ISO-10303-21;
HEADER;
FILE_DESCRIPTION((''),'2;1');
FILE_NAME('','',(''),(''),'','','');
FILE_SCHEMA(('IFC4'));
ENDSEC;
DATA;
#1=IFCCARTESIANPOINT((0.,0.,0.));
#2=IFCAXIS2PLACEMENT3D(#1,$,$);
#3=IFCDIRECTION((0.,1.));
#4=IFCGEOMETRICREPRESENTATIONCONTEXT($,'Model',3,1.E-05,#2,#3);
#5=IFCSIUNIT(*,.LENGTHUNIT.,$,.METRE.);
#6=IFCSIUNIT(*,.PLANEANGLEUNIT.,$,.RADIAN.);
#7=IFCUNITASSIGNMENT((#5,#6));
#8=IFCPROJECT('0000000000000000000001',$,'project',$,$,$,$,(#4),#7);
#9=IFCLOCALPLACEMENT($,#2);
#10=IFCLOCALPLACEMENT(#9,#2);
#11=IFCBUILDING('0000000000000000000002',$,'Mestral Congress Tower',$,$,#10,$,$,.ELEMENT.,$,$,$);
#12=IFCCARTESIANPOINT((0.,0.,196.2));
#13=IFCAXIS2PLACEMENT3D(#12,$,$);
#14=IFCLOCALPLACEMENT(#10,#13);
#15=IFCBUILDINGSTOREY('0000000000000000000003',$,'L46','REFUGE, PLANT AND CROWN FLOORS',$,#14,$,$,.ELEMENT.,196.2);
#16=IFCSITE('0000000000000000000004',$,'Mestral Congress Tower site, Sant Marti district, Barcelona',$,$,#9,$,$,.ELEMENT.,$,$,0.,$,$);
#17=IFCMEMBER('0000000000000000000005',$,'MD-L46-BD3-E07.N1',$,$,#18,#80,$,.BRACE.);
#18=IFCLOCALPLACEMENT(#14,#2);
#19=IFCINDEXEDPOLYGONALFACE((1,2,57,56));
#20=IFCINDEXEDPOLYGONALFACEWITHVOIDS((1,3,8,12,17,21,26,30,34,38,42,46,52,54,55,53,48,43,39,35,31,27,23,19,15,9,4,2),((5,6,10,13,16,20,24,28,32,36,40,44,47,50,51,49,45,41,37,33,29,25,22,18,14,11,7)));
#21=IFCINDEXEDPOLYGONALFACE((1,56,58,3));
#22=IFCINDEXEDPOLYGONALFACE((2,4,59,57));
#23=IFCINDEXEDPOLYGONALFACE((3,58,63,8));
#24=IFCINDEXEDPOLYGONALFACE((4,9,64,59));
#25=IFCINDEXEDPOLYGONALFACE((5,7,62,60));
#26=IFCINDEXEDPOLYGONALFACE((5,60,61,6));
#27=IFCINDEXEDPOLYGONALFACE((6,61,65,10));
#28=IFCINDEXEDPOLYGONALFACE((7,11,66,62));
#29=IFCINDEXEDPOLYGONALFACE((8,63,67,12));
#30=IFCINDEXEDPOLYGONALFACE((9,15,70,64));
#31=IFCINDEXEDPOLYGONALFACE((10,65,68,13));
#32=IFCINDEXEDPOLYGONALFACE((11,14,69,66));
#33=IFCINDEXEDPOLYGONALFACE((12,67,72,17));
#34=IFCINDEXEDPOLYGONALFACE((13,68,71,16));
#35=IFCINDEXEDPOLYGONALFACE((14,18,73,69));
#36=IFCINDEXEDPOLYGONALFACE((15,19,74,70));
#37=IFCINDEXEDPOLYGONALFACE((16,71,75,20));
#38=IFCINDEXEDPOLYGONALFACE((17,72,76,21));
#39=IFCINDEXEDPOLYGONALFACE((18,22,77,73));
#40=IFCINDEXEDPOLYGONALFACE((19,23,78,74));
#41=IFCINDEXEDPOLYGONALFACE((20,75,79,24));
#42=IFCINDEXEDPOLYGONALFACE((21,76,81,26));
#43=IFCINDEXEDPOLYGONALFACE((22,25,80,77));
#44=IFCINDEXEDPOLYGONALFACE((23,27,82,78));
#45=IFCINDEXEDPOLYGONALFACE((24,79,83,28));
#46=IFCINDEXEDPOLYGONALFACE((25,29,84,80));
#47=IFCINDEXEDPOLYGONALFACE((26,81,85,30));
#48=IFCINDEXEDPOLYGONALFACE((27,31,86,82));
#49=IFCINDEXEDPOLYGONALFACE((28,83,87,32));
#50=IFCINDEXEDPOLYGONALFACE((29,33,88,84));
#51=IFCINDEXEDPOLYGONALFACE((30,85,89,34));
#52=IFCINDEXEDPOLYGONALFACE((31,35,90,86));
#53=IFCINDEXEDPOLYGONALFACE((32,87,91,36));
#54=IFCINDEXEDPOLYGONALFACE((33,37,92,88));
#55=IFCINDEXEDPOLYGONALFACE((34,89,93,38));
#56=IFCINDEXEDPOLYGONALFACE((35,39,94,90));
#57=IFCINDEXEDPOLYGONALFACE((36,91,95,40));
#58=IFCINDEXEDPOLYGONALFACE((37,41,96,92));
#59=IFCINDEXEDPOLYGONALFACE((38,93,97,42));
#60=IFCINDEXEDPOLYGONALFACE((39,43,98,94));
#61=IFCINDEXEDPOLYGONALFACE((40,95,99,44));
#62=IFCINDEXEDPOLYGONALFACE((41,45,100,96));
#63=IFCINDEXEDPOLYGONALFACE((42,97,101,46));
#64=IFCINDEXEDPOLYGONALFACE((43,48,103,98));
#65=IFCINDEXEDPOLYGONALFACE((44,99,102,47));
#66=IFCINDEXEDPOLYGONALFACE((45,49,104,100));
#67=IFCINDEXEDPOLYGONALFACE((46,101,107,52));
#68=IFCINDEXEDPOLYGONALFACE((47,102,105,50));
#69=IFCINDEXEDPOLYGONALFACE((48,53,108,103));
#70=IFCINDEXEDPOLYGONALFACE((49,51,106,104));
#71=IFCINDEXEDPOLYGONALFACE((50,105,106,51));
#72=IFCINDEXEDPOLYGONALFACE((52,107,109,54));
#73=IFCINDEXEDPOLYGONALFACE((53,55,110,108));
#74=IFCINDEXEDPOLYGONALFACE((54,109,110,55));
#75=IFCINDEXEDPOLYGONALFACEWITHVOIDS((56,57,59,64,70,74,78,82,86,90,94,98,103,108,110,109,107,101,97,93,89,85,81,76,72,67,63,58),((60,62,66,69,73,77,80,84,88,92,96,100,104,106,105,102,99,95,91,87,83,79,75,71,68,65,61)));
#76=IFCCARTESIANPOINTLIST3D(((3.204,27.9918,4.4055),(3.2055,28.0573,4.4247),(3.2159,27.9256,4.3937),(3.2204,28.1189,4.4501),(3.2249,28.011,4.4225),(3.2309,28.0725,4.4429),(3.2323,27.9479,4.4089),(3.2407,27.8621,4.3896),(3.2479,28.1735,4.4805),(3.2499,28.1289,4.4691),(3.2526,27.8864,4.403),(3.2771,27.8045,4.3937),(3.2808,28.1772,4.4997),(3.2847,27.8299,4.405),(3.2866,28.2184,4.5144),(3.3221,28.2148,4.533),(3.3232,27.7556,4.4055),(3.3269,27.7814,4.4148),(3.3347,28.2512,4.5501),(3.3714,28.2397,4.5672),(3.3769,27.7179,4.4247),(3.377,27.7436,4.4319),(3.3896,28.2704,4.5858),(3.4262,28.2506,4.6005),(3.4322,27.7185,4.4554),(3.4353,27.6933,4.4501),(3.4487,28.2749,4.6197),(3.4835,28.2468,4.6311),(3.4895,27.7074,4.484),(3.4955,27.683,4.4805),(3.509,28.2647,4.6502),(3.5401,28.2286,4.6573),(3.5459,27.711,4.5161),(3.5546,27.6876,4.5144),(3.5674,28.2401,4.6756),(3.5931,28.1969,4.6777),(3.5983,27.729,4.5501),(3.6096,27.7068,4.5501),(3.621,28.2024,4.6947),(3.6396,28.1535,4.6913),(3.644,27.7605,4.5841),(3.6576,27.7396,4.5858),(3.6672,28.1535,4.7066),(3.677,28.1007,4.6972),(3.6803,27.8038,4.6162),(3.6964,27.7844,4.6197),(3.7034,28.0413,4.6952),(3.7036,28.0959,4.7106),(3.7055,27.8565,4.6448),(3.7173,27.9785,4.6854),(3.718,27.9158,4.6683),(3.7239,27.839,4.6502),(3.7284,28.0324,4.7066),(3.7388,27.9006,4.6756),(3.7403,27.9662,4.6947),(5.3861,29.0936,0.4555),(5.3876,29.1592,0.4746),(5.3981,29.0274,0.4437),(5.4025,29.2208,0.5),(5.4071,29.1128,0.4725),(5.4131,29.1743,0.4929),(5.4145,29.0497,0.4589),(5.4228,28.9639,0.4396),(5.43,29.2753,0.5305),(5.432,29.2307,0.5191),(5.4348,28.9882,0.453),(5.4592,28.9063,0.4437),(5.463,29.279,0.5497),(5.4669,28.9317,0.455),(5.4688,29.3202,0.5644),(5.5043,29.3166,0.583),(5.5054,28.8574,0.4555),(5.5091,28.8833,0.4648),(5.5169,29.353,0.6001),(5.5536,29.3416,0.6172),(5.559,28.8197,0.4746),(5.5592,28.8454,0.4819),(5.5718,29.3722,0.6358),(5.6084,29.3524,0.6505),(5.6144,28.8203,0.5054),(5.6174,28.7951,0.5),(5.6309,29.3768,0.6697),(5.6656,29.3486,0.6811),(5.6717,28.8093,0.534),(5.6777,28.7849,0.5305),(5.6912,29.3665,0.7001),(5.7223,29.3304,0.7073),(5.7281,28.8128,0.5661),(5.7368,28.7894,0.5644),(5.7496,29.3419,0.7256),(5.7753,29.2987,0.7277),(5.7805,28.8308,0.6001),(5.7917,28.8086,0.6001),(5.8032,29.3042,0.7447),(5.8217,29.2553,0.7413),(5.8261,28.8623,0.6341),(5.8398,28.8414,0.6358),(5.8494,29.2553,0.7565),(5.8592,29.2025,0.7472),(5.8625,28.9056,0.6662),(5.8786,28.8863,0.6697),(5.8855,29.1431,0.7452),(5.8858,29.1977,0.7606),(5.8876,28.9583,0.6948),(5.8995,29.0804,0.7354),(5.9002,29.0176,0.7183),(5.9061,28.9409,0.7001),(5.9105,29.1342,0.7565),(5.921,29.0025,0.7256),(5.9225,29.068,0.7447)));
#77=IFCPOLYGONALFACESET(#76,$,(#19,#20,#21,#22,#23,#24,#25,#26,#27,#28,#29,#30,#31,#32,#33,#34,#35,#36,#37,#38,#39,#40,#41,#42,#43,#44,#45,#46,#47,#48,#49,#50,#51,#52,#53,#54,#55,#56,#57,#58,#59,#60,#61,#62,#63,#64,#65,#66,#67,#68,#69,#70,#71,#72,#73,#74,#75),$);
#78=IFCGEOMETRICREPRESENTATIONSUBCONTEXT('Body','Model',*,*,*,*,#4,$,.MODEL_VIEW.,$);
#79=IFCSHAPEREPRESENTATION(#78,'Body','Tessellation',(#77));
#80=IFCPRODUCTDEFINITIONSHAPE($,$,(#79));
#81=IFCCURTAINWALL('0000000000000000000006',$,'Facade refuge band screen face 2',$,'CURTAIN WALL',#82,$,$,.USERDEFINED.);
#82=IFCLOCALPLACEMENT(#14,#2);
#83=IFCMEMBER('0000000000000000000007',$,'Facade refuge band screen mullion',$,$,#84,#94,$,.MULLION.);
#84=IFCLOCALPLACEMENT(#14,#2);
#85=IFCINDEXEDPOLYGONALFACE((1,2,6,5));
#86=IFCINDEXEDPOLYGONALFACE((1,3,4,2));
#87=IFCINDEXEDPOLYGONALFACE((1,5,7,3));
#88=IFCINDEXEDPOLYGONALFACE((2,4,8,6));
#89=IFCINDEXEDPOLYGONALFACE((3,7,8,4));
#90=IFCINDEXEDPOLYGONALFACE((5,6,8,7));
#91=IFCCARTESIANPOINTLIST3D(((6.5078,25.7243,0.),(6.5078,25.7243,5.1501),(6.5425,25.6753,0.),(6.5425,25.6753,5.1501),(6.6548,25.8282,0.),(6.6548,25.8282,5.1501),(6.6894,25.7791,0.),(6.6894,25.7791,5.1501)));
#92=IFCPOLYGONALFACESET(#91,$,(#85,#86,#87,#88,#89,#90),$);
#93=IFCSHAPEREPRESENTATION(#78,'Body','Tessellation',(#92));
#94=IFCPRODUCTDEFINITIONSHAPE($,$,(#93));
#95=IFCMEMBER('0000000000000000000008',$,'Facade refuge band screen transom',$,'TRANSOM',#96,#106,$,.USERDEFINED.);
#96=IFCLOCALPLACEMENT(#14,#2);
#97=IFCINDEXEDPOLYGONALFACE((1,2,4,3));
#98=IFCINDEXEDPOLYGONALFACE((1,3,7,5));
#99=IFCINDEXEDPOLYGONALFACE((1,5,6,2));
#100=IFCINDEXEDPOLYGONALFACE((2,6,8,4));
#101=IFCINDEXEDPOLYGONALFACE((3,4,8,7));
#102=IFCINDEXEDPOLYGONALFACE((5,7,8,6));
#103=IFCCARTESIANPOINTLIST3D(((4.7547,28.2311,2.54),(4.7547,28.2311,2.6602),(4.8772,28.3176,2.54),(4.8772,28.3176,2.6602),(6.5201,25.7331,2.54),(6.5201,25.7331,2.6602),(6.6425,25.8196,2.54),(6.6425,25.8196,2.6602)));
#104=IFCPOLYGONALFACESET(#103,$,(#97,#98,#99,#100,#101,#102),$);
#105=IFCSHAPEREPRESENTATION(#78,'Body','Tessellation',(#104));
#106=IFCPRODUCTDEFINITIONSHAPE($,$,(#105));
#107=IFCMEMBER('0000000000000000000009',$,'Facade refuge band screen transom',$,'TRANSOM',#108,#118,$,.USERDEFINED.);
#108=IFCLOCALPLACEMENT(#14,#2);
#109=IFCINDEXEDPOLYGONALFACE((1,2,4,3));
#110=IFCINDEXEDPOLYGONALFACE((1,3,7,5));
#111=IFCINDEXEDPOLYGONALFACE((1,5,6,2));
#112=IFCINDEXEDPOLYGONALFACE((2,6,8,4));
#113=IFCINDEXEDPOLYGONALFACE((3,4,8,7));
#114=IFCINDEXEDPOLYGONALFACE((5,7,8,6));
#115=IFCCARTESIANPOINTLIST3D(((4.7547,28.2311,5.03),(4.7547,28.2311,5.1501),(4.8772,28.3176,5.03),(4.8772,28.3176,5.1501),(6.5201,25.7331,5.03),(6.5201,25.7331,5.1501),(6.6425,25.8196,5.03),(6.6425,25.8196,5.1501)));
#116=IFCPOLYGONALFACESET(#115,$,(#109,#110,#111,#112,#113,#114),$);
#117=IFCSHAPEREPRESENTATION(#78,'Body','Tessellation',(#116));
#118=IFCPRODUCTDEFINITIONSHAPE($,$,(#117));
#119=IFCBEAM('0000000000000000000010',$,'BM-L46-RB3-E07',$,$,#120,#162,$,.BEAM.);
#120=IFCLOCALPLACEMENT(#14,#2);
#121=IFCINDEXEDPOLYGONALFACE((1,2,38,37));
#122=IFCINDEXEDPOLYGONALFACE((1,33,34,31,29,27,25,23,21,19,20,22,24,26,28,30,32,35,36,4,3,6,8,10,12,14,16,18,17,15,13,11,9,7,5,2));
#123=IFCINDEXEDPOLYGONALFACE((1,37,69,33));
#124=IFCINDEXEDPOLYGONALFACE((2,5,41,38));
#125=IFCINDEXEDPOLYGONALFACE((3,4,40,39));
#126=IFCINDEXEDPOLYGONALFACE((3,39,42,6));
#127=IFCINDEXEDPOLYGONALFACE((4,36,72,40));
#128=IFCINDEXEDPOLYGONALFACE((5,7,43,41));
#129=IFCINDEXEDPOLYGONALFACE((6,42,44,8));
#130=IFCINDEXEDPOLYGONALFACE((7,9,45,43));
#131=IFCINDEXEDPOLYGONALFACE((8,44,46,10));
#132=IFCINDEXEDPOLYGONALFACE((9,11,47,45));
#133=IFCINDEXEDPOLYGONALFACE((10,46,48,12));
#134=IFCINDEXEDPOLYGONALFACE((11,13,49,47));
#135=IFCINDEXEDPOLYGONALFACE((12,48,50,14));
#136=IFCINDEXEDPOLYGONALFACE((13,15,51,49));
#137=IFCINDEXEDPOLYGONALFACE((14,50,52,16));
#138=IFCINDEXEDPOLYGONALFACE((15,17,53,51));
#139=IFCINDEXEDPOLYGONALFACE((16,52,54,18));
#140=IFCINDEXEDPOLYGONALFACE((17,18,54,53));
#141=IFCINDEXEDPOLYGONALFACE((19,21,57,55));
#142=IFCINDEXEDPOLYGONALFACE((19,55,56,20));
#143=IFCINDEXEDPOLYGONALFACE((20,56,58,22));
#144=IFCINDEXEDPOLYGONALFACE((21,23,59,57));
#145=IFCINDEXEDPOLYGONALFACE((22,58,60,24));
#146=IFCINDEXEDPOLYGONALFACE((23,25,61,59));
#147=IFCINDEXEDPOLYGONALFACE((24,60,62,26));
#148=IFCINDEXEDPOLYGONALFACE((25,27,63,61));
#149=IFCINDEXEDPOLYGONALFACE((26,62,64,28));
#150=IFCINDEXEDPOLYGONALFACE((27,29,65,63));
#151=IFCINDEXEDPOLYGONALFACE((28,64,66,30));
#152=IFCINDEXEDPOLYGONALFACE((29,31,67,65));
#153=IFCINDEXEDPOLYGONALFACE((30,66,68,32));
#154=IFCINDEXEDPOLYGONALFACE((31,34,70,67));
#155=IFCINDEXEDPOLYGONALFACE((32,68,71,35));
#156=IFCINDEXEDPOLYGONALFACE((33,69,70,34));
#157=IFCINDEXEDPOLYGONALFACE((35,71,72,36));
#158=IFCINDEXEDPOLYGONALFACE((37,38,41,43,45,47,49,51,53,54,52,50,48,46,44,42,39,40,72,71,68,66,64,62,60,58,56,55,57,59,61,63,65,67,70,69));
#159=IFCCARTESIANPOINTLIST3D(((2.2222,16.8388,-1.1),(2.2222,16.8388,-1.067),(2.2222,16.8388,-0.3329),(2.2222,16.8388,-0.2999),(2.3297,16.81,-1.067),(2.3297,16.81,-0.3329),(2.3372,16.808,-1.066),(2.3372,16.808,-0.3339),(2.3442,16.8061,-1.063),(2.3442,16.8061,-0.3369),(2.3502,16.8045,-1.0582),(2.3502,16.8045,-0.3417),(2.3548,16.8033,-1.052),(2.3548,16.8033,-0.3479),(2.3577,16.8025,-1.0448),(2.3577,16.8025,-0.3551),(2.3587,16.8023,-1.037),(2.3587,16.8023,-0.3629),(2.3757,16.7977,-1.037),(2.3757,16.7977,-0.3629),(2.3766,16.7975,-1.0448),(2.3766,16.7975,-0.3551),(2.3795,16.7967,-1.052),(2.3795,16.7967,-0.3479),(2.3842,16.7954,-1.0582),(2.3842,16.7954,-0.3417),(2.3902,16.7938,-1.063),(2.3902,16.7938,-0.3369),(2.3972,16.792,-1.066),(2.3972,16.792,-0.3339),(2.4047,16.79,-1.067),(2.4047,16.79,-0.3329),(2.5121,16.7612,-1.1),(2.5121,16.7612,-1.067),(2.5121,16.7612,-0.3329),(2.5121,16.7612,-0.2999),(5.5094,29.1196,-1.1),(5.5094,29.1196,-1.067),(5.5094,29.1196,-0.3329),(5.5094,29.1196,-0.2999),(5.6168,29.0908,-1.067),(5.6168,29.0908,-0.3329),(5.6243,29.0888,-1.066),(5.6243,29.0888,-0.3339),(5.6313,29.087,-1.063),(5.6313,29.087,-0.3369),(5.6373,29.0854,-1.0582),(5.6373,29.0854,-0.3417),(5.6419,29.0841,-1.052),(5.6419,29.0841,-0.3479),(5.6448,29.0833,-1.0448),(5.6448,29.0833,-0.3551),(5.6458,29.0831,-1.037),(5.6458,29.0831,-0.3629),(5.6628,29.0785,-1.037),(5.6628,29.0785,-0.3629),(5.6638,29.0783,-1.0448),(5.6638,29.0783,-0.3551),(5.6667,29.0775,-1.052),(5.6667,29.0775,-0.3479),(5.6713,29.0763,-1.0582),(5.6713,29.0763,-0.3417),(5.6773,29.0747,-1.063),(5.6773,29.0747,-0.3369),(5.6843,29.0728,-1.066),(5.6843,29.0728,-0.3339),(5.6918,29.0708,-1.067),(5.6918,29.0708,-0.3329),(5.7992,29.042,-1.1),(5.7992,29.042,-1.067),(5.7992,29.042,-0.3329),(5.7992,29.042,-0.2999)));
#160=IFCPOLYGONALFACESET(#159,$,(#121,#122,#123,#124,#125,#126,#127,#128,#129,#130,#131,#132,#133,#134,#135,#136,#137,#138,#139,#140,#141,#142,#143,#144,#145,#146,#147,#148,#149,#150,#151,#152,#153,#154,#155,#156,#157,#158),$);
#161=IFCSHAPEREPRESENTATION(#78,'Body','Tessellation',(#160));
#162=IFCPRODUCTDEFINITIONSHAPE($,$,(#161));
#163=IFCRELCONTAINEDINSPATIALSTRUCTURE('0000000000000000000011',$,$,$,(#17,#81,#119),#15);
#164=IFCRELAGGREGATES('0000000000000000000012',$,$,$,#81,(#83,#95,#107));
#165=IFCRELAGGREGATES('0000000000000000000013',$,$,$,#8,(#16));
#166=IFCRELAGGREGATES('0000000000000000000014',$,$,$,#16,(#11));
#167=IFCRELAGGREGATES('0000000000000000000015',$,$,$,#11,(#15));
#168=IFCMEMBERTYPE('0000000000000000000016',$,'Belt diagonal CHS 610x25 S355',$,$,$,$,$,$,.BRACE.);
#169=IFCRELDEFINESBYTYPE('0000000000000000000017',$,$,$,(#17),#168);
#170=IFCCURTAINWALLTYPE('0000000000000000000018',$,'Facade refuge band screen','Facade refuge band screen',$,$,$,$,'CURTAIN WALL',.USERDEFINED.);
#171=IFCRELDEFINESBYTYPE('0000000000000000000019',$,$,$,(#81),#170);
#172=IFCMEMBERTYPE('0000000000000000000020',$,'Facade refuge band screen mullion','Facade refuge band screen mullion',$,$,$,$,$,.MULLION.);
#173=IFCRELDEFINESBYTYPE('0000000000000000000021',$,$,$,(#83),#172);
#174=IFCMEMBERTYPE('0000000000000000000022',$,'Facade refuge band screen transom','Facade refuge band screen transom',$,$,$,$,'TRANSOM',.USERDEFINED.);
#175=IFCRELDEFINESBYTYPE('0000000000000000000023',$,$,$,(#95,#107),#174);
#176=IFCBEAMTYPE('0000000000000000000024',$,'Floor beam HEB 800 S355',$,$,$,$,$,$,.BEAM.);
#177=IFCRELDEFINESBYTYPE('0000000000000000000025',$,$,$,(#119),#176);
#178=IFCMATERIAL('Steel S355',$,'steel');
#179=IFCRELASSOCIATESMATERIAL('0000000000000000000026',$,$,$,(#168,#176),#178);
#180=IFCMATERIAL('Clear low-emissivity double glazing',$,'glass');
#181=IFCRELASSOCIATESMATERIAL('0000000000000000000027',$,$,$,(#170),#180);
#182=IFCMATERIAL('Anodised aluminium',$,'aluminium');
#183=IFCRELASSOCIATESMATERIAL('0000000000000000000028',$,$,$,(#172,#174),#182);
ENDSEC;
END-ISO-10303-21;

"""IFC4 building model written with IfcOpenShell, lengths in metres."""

from ifc_helpers import new_model, si_unit, direction, frame, origin, origin_2d, place, context, subcontext, project, spatial, rectangle, hollow_circle, i_section, extrude, material, material_profile, profile_set, type_object, element, aggregate, save


model = new_model("IFC4")

# Units and contexts
model_context = context("Model", 3, precision=1e-05, world=origin(), true_north=direction((0.0, 1.0)))
body_context = subcontext(model_context, "Body", "Model", "MODEL_VIEW")
ifc_project = project(units=[si_unit("LENGTHUNIT", "METRE"), si_unit("PLANEANGLEUNIT", "RADIAN")], contexts=[model_context])

# Site, building, storey
site_placement = place(None, origin())
site = spatial("IfcSite", under=ifc_project, at=site_placement, Name="Mestral Congress Tower site, Sant Marti district, Barcelona", CompositionType="ELEMENT", RefElevation=0.0)
building_placement = place(site_placement, origin())
building = spatial("IfcBuilding", under=site, at=building_placement, Name="Mestral Congress Tower", CompositionType="ELEMENT")
storey_placement = place(building_placement, frame((0.0, 0.0, 196.2)))
storey = spatial("IfcBuildingStorey", under=building, at=storey_placement, Name="L46", Description="REFUGE, PLANT AND CROWN FLOORS", CompositionType="ELEMENT", Elevation=196.2)

# Member
ifc_material_1 = material(Name="Steel S355", Category="steel")
ifc_material_profile_1 = material_profile(ifc_material_1, hollow_circle(Radius=0.3049, WallThickness=0.0249, at=origin_2d()), Name="CHS 610x25")
ifc_profile_set_1 = profile_set([ifc_material_profile_1], Name="Steel S355")
member_type_1 = type_object("IfcMemberType", Name="Belt diagonal CHS 610x25 S355", PredefinedType="BRACE", material=ifc_profile_set_1)
member_1_placement = place(storey_placement, frame((5.6543, 29.0808, 0.6001), z_axis=(-0.469761, -0.237193, 0.850332), x_axis=(0.450726, -0.892663, 0.0)))
element("IfcMember", 1, at=member_1_placement, inside=storey, type_object=member_type_1, Name="MD-L46-BD3-E07.N1", PredefinedType="BRACE", context=body_context, shape_type="SweptSolid", body=[
    extrude(hollow_circle(Radius=0.3049, WallThickness=0.0249, at=origin_2d()), origin(), (0.0, 0.0, 1.0), 4.6453),
])

# Curtain wall, members
ifc_material_2 = material(Name="Clear low-emissivity double glazing", Category="glass")
curtain_wall_type = type_object("IfcCurtainWallType", Name="Facade refuge band screen", Description="Facade refuge band screen", ElementType="CURTAIN WALL", PredefinedType="USERDEFINED", material=ifc_material_2)
curtain_wall_placement = place(storey_placement, origin())
curtain_wall = element("IfcCurtainWall", 2, at=curtain_wall_placement, inside=storey, type_object=curtain_wall_type, Name="Facade refuge band screen face 2", ObjectType="CURTAIN WALL", PredefinedType="USERDEFINED")
ifc_material_3 = material(Name="Anodised aluminium", Category="aluminium")
ifc_material_profile_2 = material_profile(ifc_material_3, rectangle(XDim=0.1799, YDim=0.0601, at=origin_2d()), Name="CW3 mullion 180 x 60")
ifc_profile_set_2 = profile_set([ifc_material_profile_2], Name="Anodised aluminium")
member_type_2 = type_object("IfcMemberType", Name="Facade refuge band screen mullion", Description="Facade refuge band screen mullion", PredefinedType="MULLION", material=ifc_profile_set_2)
member_2_placement = place(storey_placement, frame((6.5986, 25.7517, 0.0), z_axis=(0.0, 0.0, 1.0), x_axis=(0.816674, 0.5771, 0.0)))
member_2 = element("IfcMember", 3, at=member_2_placement, type_object=member_type_2, Name="Facade refuge band screen mullion", PredefinedType="MULLION", context=body_context, shape_type="SweptSolid", body=[
    extrude(rectangle(XDim=0.1799, YDim=0.0601, at=origin_2d()), origin(), (0.0, 0.0, 1.0), 5.1501),
])
ifc_material_profile_3 = material_profile(ifc_material_3, rectangle(XDim=0.1499, YDim=0.1201, at=origin_2d()), Name="CW3 transom 150 x 120")
ifc_profile_set_3 = profile_set([ifc_material_profile_3], Name="Anodised aluminium")
member_type_3 = type_object("IfcMemberType", Name="Facade refuge band screen transom", Description="Facade refuge band screen transom", ElementType="TRANSOM", PredefinedType="USERDEFINED", material=ifc_profile_set_3)
member_3_placement = place(storey_placement, frame((6.5813, 25.7764, 2.6001), z_axis=(-0.577131, 0.816651, 0.0), x_axis=(-0.816651, -0.577131, 0.0)))
member_3 = element("IfcMember", 4, at=member_3_placement, type_object=member_type_3, Name="Facade refuge band screen transom", ObjectType="TRANSOM", PredefinedType="USERDEFINED", context=body_context, shape_type="SweptSolid", body=[
    extrude(rectangle(XDim=0.1499, YDim=0.1201, at=origin_2d()), origin(), (0.0, 0.0, 1.0), 3.0588),
])
member_4_placement = place(storey_placement, frame((6.5813, 25.7764, 5.0901), z_axis=(-0.577131, 0.816651, 0.0), x_axis=(-0.816651, -0.577131, 0.0)))
member_4 = element("IfcMember", 5, at=member_4_placement, type_object=member_type_3, Name="Facade refuge band screen transom", ObjectType="TRANSOM", PredefinedType="USERDEFINED", context=body_context, shape_type="SweptSolid", body=[
    extrude(rectangle(XDim=0.1499, YDim=0.1201, at=origin_2d()), origin(), (0.0, 0.0, 1.0), 3.0588),
])

# Beam
ifc_material_profile_4 = material_profile(ifc_material_1, i_section(OverallWidth=0.3, OverallDepth=0.8, WebThickness=0.0176, FlangeThickness=0.033, FilletRadius=0.03, at=origin_2d()), Name="HEB 800")
ifc_profile_set_4 = profile_set([ifc_material_profile_4], Name="Steel S355")
beam_type_1 = type_object("IfcBeamType", Name="Floor beam HEB 800 S355", PredefinedType="BEAM", material=ifc_profile_set_4)
beam_1_placement = place(storey_placement, frame((5.6543, 29.0808, -0.7), z_axis=(-0.258561, -0.965995, 0.0), x_axis=(0.965995, -0.258561, 0.0)))
element("IfcBeam", 6, at=beam_1_placement, inside=storey, type_object=beam_type_1, Name="BM-L46-RB3-E07", PredefinedType="BEAM", context=body_context, shape_type="SweptSolid", body=[
    extrude(i_section(OverallWidth=0.3, OverallDepth=0.8, WebThickness=0.0176, FlangeThickness=0.033, FilletRadius=0.03, at=origin_2d()), origin(), (0.0, 0.0, 1.0), 12.7131),
])

aggregate(curtain_wall, [member_2, member_3, member_4])

save(model, "model.ifc")
